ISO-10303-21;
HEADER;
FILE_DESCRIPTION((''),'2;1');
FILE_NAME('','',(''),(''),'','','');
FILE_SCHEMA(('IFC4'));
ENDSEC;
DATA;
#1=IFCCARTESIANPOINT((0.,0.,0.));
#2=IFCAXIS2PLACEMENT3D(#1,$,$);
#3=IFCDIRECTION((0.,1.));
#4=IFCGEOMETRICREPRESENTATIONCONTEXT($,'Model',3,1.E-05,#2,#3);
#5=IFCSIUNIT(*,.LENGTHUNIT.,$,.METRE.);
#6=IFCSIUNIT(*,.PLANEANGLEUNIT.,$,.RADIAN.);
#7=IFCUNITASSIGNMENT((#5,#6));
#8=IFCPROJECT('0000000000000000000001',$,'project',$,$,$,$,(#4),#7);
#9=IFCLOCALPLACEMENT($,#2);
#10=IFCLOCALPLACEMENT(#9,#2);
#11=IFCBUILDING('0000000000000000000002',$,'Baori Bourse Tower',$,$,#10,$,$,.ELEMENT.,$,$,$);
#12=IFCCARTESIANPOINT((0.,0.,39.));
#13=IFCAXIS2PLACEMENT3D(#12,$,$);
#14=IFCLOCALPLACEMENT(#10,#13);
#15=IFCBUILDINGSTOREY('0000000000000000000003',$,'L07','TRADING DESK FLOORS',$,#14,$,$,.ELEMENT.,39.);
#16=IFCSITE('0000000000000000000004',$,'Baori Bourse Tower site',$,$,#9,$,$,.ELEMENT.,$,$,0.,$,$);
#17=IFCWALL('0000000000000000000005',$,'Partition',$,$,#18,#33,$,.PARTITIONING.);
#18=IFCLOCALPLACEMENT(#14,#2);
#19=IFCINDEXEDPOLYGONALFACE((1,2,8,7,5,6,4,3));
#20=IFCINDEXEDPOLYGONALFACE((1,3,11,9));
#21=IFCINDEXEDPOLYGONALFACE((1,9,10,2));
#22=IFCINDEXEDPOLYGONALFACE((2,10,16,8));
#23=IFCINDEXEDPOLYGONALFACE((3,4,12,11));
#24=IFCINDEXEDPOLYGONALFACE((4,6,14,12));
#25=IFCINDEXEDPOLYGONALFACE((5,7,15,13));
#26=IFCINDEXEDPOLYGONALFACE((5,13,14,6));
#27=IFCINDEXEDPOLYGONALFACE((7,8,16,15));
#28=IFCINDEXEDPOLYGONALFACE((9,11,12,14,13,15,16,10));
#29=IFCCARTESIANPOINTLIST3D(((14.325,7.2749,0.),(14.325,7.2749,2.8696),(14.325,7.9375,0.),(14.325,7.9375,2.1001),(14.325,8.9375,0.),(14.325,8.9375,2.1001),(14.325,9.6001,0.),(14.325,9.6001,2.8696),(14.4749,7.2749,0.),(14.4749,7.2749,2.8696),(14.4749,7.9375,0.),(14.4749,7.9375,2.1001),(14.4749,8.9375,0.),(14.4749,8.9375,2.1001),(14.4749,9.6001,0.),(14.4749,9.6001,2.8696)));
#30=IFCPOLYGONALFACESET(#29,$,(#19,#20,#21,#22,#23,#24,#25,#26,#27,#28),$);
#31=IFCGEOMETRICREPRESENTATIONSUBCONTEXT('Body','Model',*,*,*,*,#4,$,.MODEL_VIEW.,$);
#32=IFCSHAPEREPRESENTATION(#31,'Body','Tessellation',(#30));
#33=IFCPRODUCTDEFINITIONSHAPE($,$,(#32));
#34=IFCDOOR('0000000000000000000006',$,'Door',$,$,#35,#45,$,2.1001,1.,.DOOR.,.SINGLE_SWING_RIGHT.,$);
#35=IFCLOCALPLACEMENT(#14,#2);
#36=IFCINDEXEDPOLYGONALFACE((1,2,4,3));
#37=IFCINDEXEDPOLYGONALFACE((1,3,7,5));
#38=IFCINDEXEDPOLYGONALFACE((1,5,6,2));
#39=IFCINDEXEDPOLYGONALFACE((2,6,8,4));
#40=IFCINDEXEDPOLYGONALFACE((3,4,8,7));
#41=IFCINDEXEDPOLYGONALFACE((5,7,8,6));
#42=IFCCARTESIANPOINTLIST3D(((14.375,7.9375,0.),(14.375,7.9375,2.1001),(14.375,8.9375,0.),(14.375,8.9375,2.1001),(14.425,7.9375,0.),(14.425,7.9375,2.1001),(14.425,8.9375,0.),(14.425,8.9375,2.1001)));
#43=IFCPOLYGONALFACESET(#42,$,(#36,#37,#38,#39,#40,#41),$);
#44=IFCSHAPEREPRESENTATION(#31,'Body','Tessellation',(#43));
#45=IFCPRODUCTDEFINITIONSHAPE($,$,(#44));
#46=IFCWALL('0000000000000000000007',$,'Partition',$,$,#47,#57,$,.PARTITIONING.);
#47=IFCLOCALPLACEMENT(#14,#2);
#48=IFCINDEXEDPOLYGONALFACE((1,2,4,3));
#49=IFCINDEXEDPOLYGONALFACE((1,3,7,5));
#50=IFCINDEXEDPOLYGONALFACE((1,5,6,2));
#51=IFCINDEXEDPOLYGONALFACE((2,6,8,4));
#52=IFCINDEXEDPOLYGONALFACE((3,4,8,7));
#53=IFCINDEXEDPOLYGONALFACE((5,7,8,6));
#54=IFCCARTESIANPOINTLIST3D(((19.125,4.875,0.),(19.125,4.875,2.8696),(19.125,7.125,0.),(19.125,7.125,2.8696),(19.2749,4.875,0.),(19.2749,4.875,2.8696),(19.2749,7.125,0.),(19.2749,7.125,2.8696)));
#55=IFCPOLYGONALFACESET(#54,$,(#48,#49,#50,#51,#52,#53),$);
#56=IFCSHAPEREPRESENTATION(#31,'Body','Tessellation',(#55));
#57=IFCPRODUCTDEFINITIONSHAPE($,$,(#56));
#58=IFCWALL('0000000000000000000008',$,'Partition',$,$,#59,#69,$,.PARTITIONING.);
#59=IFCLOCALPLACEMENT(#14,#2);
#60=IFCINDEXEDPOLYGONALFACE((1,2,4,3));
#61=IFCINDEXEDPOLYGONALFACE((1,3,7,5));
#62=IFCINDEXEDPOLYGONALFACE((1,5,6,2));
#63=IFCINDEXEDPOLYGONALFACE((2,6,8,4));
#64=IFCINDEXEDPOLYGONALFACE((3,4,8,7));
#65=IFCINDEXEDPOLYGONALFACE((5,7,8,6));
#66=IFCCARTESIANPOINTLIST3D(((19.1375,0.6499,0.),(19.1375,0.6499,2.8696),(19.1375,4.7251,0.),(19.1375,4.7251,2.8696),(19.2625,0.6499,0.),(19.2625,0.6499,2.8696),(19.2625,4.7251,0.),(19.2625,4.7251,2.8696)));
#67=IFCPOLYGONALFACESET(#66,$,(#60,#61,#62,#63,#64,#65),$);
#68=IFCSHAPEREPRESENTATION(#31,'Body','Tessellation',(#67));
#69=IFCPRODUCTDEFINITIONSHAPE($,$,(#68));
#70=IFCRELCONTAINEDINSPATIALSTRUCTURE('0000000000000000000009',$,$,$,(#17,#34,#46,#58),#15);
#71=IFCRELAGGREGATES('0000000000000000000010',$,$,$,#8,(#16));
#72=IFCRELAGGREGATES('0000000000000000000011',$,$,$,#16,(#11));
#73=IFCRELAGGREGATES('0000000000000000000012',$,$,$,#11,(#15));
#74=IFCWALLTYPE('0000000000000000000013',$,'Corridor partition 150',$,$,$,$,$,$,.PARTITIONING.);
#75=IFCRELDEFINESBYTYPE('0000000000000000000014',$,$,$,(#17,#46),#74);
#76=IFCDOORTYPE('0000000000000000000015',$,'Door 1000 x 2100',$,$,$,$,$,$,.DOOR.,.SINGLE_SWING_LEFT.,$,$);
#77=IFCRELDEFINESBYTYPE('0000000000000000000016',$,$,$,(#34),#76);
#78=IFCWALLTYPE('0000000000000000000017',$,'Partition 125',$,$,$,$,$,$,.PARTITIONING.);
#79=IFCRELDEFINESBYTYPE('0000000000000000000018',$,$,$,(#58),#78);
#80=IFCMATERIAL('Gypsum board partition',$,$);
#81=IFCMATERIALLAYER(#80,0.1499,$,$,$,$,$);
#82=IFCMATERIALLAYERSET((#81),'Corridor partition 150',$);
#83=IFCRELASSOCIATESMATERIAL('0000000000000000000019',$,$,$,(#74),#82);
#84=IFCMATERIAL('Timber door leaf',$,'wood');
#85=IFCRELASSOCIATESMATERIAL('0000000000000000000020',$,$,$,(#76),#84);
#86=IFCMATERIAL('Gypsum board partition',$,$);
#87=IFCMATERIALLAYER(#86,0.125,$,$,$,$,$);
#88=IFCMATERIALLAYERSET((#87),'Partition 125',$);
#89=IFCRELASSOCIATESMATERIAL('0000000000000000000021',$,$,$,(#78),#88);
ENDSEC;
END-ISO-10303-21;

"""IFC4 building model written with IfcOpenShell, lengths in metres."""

from ifc_helpers import new_model, si_unit, direction, frame, frame_2d, origin, place, context, subcontext, project, spatial, rectangle, extrude, material, layer, layer_set, type_object, element, fill, save


model = new_model("IFC4")

# Units and contexts
model_context = context("Model", 3, precision=1e-05, world=origin(), true_north=direction((0.0, 1.0)))
body_context = subcontext(model_context, "Body", "Model", "MODEL_VIEW")
ifc_project = project(units=[si_unit("LENGTHUNIT", "METRE"), si_unit("PLANEANGLEUNIT", "RADIAN")], contexts=[model_context])

# Site, building, storey
site_placement = place(None, origin())
site = spatial("IfcSite", under=ifc_project, at=site_placement, Name="Baori Bourse Tower site", CompositionType="ELEMENT", RefElevation=0.0)
building_placement = place(site_placement, origin())
building = spatial("IfcBuilding", under=site, at=building_placement, Name="Baori Bourse Tower", CompositionType="ELEMENT")
storey_placement = place(building_placement, frame((0.0, 0.0, 39.0)))
storey = spatial("IfcBuildingStorey", under=building, at=storey_placement, Name="L07", Description="TRADING DESK FLOORS", CompositionType="ELEMENT", Elevation=39.0)

# Shared definitions
ifc_material_1 = material(Name="Gypsum board partition")
ifc_layer_1 = layer(ifc_material_1, 0.1499)
ifc_layer_set_1 = layer_set([ifc_layer_1], Name="Corridor partition 150")
wall_type_1 = type_object("IfcWallType", Name="Corridor partition 150", PredefinedType="PARTITIONING", material=ifc_layer_set_1)
ifc_material_2 = material(Name="Timber door leaf", Category="wood")
door_type_1 = type_object("IfcDoorType", Name="Door 1000 x 2100", OperationType="SINGLE_SWING_LEFT", PredefinedType="DOOR", material=ifc_material_2)

# Wall, opening, door
wall_1_placement = place(storey_placement, frame((14.3999, 7.2749, 0.0), z_axis=(0.0, 0.0, 1.0), x_axis=(0.0, 1.0, 0.0)))
wall_1 = element("IfcWall", 1, at=wall_1_placement, inside=storey, type_object=wall_type_1, Name="Partition", PredefinedType="PARTITIONING", context=body_context, shape_type="SweptSolid", body=[
    extrude(rectangle(XDim=2.3252, YDim=0.1499, at=frame_2d((1.1626, 0.0))), origin(), (0.0, 0.0, 1.0), 2.8696),
])
opening_1_placement = place(wall_1_placement, frame((0.6626, 0.0, 0.0)))
opening_1 = element("IfcOpeningElement", 2, at=opening_1_placement, cuts=wall_1, PredefinedType="OPENING", context=body_context, shape_type="SweptSolid", body=[
    extrude(rectangle(XDim=1.0, YDim=2.1001, at=frame_2d((0.5, 1.05))), frame((0.0, 0.085, 0.0), z_axis=(0.0, -1.0, 0.0), x_axis=(1.0, 0.0, 0.0)), (0.0, 0.0, 1.0), 0.1699),
])
door_1_placement = place(opening_1_placement, origin())
door_1 = element("IfcDoor", 3, at=door_1_placement, inside=storey, type_object=door_type_1, Name="Door", OperationType="SINGLE_SWING_RIGHT", OverallHeight=2.1001, OverallWidth=1.0, PredefinedType="DOOR", context=body_context, shape_type="SweptSolid", body=[
    extrude(rectangle(XDim=1.0, YDim=2.1001, at=frame_2d((0.5, 1.05))), frame((0.0, 0.0249, 0.0), z_axis=(0.0, -1.0, 0.0), x_axis=(1.0, 0.0, 0.0)), (0.0, 0.0, 1.0), 0.05),
])
fill(opening_1, door_1)

# Walls
wall_2_placement = place(storey_placement, frame((19.2, 4.875, 0.0), z_axis=(0.0, 0.0, 1.0), x_axis=(0.0, 1.0, 0.0)))
element("IfcWall", 4, at=wall_2_placement, inside=storey, type_object=wall_type_1, Name="Partition", PredefinedType="PARTITIONING", context=body_context, shape_type="SweptSolid", body=[
    extrude(rectangle(XDim=2.25, YDim=0.1499, at=frame_2d((1.125, 0.0))), origin(), (0.0, 0.0, 1.0), 2.8696),
])
ifc_material_3 = material(Name="Gypsum board partition")
ifc_layer_2 = layer(ifc_material_3, 0.125)
ifc_layer_set_2 = layer_set([ifc_layer_2], Name="Partition 125")
wall_type_2 = type_object("IfcWallType", Name="Partition 125", PredefinedType="PARTITIONING", material=ifc_layer_set_2)
wall_3_placement = place(storey_placement, frame((19.2, 0.6499, 0.0), z_axis=(0.0, 0.0, 1.0), x_axis=(0.0, 1.0, 0.0)))
element("IfcWall", 5, at=wall_3_placement, inside=storey, type_object=wall_type_2, Name="Partition", PredefinedType="PARTITIONING", context=body_context, shape_type="SweptSolid", body=[
    extrude(rectangle(XDim=4.0752, YDim=0.125, at=frame_2d((2.0376, 0.0))), origin(), (0.0, 0.0, 1.0), 2.8696),
])

save(model, "model.ifc")
